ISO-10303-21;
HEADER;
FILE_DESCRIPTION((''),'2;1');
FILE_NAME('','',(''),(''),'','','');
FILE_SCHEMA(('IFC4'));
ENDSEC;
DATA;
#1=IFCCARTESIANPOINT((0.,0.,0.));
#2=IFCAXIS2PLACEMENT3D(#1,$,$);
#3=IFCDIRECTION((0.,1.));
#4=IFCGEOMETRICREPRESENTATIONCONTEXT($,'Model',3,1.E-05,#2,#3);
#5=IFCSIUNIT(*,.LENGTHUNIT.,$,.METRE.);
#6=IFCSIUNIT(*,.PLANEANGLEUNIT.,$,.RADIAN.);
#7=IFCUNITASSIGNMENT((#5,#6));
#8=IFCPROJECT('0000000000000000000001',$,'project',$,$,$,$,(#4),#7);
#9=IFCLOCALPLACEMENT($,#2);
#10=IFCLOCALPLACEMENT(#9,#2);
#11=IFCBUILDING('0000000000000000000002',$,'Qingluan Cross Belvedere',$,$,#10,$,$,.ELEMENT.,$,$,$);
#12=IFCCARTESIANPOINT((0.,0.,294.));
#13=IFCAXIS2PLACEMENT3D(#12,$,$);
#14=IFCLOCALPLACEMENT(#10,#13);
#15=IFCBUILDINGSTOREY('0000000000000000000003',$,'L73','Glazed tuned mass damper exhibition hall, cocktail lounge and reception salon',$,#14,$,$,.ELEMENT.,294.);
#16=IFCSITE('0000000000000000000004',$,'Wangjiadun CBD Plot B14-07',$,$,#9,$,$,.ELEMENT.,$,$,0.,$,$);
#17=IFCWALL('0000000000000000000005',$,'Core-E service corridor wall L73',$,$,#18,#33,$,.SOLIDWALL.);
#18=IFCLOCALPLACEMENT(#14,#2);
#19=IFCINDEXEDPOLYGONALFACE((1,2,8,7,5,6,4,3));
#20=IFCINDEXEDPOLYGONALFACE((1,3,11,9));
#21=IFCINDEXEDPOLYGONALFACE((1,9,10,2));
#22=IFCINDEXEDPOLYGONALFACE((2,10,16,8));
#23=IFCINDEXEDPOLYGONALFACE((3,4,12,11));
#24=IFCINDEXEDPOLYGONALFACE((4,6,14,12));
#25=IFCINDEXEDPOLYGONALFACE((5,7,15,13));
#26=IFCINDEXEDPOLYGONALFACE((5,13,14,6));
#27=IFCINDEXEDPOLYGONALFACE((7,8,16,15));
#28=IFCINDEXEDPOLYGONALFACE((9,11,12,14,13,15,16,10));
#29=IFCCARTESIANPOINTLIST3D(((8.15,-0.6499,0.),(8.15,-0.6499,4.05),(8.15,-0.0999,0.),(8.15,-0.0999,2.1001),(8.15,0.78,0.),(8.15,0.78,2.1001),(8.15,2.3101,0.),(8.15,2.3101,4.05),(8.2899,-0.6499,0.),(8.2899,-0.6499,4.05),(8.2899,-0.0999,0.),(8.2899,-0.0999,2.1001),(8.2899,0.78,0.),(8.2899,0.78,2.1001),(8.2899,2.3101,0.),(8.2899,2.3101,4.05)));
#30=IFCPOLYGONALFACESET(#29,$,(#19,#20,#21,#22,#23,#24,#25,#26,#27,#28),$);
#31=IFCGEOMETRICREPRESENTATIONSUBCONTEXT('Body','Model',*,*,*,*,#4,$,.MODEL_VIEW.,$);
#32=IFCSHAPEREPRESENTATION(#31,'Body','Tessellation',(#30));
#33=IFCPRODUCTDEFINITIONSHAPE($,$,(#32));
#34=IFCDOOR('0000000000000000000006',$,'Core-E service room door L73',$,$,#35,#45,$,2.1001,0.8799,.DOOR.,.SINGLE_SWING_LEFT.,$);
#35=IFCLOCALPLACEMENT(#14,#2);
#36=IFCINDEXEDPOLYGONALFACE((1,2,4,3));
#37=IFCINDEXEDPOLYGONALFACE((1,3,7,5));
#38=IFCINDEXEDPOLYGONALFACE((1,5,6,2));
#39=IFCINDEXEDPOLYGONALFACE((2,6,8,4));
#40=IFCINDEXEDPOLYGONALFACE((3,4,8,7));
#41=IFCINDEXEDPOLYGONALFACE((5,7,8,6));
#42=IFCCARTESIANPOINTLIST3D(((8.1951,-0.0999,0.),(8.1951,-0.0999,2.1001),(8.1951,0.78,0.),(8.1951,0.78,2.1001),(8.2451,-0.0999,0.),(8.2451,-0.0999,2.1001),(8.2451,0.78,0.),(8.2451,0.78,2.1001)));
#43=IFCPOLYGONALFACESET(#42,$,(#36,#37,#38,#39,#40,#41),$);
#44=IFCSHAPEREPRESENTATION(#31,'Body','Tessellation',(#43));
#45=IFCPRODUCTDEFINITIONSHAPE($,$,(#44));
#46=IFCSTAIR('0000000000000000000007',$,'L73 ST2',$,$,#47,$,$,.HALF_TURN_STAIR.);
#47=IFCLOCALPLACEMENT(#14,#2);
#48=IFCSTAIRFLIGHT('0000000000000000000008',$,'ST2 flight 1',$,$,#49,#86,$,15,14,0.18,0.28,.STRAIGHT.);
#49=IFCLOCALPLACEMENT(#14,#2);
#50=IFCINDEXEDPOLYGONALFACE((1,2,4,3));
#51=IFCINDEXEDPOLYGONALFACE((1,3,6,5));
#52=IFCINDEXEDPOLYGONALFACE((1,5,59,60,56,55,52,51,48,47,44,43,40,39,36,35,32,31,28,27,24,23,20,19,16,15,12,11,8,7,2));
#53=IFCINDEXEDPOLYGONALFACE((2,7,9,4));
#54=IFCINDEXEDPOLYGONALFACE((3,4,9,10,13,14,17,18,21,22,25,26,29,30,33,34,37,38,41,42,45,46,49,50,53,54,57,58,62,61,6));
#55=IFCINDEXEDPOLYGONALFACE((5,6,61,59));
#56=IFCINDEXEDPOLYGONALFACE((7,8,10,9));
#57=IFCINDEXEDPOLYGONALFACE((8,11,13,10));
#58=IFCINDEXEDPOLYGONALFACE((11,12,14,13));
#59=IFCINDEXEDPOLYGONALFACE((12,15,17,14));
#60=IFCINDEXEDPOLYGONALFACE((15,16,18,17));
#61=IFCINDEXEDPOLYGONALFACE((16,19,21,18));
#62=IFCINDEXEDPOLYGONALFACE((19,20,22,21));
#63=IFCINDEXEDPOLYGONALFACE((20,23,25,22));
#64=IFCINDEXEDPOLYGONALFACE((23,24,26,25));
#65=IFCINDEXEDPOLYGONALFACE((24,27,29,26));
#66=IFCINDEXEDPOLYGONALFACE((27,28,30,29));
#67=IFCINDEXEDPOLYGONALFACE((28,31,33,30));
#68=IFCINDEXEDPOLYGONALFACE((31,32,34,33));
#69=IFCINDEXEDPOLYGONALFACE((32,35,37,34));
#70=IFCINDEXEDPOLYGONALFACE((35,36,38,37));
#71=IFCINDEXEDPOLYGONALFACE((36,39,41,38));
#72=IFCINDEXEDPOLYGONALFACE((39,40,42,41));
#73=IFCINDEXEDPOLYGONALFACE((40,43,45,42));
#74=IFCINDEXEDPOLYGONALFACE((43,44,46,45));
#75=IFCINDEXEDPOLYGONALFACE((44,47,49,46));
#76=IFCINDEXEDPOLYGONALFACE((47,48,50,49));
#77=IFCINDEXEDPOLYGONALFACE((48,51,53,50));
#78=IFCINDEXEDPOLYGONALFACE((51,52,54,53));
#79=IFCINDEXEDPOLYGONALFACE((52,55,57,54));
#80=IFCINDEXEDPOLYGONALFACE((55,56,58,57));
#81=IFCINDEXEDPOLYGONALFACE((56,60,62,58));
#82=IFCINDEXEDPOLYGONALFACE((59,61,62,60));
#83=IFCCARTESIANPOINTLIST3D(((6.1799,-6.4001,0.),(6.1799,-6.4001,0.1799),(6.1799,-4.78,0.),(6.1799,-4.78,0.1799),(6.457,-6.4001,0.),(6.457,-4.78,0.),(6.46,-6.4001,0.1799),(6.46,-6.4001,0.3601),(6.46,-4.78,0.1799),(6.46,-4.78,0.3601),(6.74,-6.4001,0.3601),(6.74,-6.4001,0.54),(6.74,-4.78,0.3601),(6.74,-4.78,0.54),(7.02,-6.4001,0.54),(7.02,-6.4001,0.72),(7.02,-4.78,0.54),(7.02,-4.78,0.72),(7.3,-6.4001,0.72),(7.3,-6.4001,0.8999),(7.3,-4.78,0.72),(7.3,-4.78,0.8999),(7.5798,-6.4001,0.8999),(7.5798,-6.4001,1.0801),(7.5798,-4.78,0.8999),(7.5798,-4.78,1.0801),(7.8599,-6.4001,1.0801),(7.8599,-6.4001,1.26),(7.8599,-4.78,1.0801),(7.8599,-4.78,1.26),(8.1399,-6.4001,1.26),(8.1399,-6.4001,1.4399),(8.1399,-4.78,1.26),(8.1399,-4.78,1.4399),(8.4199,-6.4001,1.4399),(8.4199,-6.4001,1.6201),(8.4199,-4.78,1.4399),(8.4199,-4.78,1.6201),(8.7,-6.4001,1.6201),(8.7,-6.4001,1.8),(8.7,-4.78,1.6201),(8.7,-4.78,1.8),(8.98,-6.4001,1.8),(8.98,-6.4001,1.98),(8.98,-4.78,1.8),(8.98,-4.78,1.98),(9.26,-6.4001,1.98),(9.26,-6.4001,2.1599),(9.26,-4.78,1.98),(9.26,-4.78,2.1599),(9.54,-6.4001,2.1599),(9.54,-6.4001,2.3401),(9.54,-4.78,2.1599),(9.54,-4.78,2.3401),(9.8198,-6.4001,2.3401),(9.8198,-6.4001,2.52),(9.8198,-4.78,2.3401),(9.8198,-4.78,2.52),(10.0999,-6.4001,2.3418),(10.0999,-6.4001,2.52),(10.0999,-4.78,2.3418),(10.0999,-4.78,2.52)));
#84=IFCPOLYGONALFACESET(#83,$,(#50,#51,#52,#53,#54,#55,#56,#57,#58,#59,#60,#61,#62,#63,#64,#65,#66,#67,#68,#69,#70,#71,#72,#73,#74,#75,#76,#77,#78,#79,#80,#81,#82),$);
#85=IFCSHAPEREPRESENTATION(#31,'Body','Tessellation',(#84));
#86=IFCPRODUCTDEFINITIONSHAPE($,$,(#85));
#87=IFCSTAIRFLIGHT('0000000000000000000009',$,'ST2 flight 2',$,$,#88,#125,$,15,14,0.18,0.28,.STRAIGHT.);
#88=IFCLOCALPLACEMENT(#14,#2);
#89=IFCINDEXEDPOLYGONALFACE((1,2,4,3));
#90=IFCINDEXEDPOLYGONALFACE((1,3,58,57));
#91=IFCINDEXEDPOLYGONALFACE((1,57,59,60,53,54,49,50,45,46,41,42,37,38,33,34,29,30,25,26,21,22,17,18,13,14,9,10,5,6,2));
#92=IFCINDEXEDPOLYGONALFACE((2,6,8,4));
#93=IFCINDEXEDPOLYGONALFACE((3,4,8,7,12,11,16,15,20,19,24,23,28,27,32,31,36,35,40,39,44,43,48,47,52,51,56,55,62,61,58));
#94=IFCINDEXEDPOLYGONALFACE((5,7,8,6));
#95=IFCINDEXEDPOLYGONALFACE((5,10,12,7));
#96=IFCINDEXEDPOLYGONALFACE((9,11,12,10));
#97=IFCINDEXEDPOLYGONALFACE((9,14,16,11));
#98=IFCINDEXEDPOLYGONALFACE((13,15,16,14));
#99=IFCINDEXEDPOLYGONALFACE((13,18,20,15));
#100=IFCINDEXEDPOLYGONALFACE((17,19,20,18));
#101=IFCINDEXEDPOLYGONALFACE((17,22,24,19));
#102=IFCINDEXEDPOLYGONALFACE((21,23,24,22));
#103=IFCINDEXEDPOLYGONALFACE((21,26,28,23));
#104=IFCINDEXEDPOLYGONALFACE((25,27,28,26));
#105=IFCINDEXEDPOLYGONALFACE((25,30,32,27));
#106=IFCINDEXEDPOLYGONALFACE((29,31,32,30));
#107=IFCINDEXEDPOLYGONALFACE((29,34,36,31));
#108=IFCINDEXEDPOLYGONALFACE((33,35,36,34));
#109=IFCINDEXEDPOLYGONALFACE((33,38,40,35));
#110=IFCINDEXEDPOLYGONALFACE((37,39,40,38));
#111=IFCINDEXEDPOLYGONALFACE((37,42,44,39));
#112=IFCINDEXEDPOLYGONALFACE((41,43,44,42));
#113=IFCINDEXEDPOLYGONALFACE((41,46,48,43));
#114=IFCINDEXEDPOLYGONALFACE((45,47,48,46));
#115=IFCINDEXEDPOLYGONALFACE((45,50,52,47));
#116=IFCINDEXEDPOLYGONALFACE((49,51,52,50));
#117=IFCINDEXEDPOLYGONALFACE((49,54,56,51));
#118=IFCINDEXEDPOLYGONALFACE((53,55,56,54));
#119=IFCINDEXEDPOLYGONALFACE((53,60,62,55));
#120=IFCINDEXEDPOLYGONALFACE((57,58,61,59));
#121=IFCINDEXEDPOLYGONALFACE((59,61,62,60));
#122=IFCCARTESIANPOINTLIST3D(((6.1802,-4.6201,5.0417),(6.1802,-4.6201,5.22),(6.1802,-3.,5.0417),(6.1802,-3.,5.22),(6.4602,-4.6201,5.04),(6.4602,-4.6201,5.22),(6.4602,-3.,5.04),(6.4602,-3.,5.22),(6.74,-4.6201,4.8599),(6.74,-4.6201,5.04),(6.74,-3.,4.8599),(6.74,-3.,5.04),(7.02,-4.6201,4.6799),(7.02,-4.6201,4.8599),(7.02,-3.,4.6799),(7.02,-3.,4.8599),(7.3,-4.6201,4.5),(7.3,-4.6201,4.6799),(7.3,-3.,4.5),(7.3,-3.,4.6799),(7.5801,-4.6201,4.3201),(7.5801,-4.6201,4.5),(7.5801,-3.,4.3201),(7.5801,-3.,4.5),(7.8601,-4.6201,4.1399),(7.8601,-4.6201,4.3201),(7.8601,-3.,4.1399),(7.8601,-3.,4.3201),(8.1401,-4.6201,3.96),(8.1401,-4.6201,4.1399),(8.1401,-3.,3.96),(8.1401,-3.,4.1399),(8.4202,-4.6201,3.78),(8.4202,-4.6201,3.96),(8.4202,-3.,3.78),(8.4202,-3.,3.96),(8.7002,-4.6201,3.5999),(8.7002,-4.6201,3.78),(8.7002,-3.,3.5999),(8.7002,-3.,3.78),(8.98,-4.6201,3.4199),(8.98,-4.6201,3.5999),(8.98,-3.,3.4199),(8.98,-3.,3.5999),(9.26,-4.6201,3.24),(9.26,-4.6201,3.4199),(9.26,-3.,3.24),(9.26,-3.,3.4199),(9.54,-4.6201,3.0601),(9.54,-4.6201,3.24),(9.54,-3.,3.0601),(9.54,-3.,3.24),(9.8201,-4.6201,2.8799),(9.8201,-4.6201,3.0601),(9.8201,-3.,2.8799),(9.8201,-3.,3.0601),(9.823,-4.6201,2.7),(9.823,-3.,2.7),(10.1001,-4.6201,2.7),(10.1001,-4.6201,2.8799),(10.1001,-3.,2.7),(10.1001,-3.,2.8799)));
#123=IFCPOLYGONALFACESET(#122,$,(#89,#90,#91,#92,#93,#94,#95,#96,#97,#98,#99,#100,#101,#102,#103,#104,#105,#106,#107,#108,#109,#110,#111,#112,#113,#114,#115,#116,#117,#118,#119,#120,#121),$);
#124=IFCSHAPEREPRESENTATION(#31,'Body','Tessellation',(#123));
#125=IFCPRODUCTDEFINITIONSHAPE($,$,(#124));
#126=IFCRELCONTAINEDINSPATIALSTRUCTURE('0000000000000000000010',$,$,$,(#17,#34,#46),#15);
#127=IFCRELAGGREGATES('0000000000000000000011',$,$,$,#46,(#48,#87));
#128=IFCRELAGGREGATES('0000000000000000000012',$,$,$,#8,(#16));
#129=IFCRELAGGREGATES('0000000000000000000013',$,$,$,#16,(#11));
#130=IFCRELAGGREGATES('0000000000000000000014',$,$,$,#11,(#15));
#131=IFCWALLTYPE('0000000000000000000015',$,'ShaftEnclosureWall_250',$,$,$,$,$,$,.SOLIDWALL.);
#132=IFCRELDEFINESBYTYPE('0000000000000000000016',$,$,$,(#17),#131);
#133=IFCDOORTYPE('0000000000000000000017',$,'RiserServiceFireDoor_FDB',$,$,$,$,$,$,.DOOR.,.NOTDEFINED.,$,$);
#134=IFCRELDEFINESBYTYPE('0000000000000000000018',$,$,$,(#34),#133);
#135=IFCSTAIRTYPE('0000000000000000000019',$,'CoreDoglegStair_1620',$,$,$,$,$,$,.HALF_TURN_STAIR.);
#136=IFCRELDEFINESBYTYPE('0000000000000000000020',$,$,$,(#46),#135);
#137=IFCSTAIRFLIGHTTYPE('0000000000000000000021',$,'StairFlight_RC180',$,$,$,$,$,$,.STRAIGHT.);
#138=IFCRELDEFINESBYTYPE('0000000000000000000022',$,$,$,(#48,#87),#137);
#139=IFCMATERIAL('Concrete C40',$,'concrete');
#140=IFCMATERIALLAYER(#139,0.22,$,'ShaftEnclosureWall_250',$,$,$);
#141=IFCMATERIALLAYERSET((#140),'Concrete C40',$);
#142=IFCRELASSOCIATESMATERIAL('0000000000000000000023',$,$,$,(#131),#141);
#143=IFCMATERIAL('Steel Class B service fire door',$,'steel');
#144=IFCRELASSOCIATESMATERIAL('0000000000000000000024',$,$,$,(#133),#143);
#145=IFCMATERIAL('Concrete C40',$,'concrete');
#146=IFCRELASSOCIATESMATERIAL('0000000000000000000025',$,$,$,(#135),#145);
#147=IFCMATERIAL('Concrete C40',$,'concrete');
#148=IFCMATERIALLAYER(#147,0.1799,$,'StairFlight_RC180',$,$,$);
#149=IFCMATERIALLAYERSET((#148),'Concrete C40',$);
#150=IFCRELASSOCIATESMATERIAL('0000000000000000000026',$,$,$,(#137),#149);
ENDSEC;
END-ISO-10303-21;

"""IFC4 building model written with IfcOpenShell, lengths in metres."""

from ifc_helpers import new_model, si_unit, direction, frame, frame_2d, origin, place, context, subcontext, project, spatial, polyline, rectangle, outline, extrude, material, layer, layer_set, type_object, element, fill, aggregate, save


model = new_model("IFC4")

# Units and contexts
model_context = context("Model", 3, precision=1e-05, world=origin(), true_north=direction((0.0, 1.0)))
body_context = subcontext(model_context, "Body", "Model", "MODEL_VIEW")
ifc_project = project(units=[si_unit("LENGTHUNIT", "METRE"), si_unit("PLANEANGLEUNIT", "RADIAN")], contexts=[model_context])

# Site, building, storey
site_placement = place(None, origin())
site = spatial("IfcSite", under=ifc_project, at=site_placement, Name="Wangjiadun CBD Plot B14-07", CompositionType="ELEMENT", RefElevation=0.0)
building_placement = place(site_placement, origin())
building = spatial("IfcBuilding", under=site, at=building_placement, Name="Qingluan Cross Belvedere", CompositionType="ELEMENT")
storey_placement = place(building_placement, frame((0.0, 0.0, 294.0)))
storey = spatial("IfcBuildingStorey", under=building, at=storey_placement, Name="L73", Description="Glazed tuned mass damper exhibition hall, cocktail lounge and reception salon", CompositionType="ELEMENT", Elevation=294.0)

# Wall, opening, door
ifc_material_1 = material(Name="Concrete C40", Category="concrete")
ifc_layer_1 = layer(ifc_material_1, 0.22, Name="ShaftEnclosureWall_250")
ifc_layer_set_1 = layer_set([ifc_layer_1], Name="Concrete C40")
wall_type_1 = type_object("IfcWallType", Name="ShaftEnclosureWall_250", PredefinedType="SOLIDWALL", material=ifc_layer_set_1)
ifc_material_2 = material(Name="Steel Class B service fire door", Category="steel")
door_type_1 = type_object("IfcDoorType", Name="RiserServiceFireDoor_FDB", OperationType="NOTDEFINED", PredefinedType="DOOR", material=ifc_material_2)
wall_1_placement = place(storey_placement, frame((8.22, -0.6499, 0.0), z_axis=(0.0, 0.0, 1.0), x_axis=(0.0, 1.0, 0.0)))
wall_1 = element("IfcWall", 1, at=wall_1_placement, inside=storey, type_object=wall_type_1, Name="Core-E service corridor wall L73", PredefinedType="SOLIDWALL", context=body_context, shape_type="SweptSolid", body=[
    extrude(rectangle(XDim=2.96, YDim=0.1399, at=frame_2d((1.48, 0.0))), origin(), (0.0, 0.0, 1.0), 4.05),
])
opening_1_placement = place(wall_1_placement, frame((0.55, 0.0, 0.0)))
opening_1 = element("IfcOpeningElement", 2, at=opening_1_placement, cuts=wall_1, PredefinedType="OPENING", context=body_context, shape_type="SweptSolid", body=[
    extrude(rectangle(XDim=0.8799, YDim=2.1001, at=frame_2d((0.4399, 1.05))), frame((0.0, 0.0798, 0.0), z_axis=(0.0, -1.0, 0.0), x_axis=(1.0, 0.0, 0.0)), (0.0, 0.0, 1.0), 0.1599),
])
door_1_placement = place(opening_1_placement, origin())
door_1 = element("IfcDoor", 3, at=door_1_placement, inside=storey, type_object=door_type_1, Name="Core-E service room door L73", OperationType="SINGLE_SWING_LEFT", OverallHeight=2.1001, OverallWidth=0.8799, PredefinedType="DOOR", context=body_context, shape_type="SweptSolid", body=[
    extrude(rectangle(XDim=0.8799, YDim=2.1001, at=frame_2d((0.4399, 1.05))), frame((0.0, 0.0249, 0.0), z_axis=(0.0, -1.0, 0.0), x_axis=(1.0, 0.0, 0.0)), (0.0, 0.0, 1.0), 0.05),
])
fill(opening_1, door_1)

# Stair, stair flights
ifc_material_3 = material(Name="Concrete C40", Category="concrete")
stair_type = type_object("IfcStairType", Name="CoreDoglegStair_1620", PredefinedType="HALF_TURN_STAIR", material=ifc_material_3)
stair_placement = place(storey_placement, origin())
stair = element("IfcStair", 4, at=stair_placement, inside=storey, type_object=stair_type, Name="L73 ST2", PredefinedType="HALF_TURN_STAIR")
ifc_material_4 = material(Name="Concrete C40", Category="concrete")
ifc_layer_2 = layer(ifc_material_4, 0.1799, Name="StairFlight_RC180")
ifc_layer_set_2 = layer_set([ifc_layer_2], Name="Concrete C40")
stair_flight_type = type_object("IfcStairFlightType", Name="StairFlight_RC180", PredefinedType="STRAIGHT", material=ifc_layer_set_2)
stair_flight_1_placement = place(storey_placement, frame((6.1799, -5.5901, 0.0), z_axis=(0.0, 0.0, 1.0), x_axis=(1.0, 0.0, 0.0)))
stair_flight_1 = element("IfcStairFlight", 5, at=stair_flight_1_placement, type_object=stair_flight_type, Name="ST2 flight 1", NumberOfRisers=15, NumberOfTreads=14, PredefinedType="STRAIGHT", RiserHeight=0.18, TreadLength=0.28, context=body_context, shape_type="SweptSolid", body=[
    extrude(outline(polyline([(0.0, 0.0), (0.0, 0.1799), (0.28, 0.1799), (0.28, 0.3601), (0.5601, 0.3601), (0.5601, 0.54), (0.8401, 0.54), (0.8401, 0.72), (1.1201, 0.72), (1.1201, 0.8999), (1.3999, 0.8999), (1.3999, 1.0801), (1.6799, 1.0801), (1.6799, 1.26), (1.96, 1.26), (1.96, 1.4399), (2.24, 1.4399), (2.24, 1.6201), (2.52, 1.6201), (2.52, 1.8), (2.8, 1.8), (2.8, 1.98), (3.0801, 1.98), (3.0801, 2.1599), (3.3601, 2.1599), (3.3601, 2.3401), (3.6399, 2.3401), (3.6399, 2.52), (3.9199, 2.52), (3.9199, 2.7), (3.9199, 2.3418), (0.2771, 0.0), (0.0, 0.0)])), frame((0.0, 0.8101, 0.0), z_axis=(0.0, -1.0, 0.0), x_axis=(1.0, 0.0, 0.0)), (0.0, 0.0, 1.0), 1.6201),
])
stair_flight_2_placement = place(storey_placement, frame((10.1001, -3.8101, 2.7), z_axis=(0.0, 0.0, 1.0), x_axis=(-1.0, 0.0, 0.0)))
stair_flight_2 = element("IfcStairFlight", 6, at=stair_flight_2_placement, type_object=stair_flight_type, Name="ST2 flight 2", NumberOfRisers=15, NumberOfTreads=14, PredefinedType="STRAIGHT", RiserHeight=0.18, TreadLength=0.28, context=body_context, shape_type="SweptSolid", body=[
    extrude(outline(polyline([(0.0, 0.0), (0.0, 0.1799), (0.28, 0.1799), (0.28, 0.3601), (0.5601, 0.3601), (0.5601, 0.54), (0.8401, 0.54), (0.8401, 0.72), (1.1201, 0.72), (1.1201, 0.8999), (1.3999, 0.8999), (1.3999, 1.0801), (1.6799, 1.0801), (1.6799, 1.26), (1.96, 1.26), (1.96, 1.4399), (2.24, 1.4399), (2.24, 1.6201), (2.52, 1.6201), (2.52, 1.8), (2.8, 1.8), (2.8, 1.98), (3.0801, 1.98), (3.0801, 2.1599), (3.3601, 2.1599), (3.3601, 2.3401), (3.6399, 2.3401), (3.6399, 2.52), (3.9199, 2.52), (3.9199, 2.7), (3.9199, 2.3418), (0.2771, 0.0), (0.0, 0.0)])), frame((0.0, 0.8101, 0.0), z_axis=(0.0, -1.0, 0.0), x_axis=(1.0, 0.0, 0.0)), (0.0, 0.0, 1.0), 1.6201),
])
aggregate(stair, [stair_flight_1, stair_flight_2])

save(model, "model.ifc")
